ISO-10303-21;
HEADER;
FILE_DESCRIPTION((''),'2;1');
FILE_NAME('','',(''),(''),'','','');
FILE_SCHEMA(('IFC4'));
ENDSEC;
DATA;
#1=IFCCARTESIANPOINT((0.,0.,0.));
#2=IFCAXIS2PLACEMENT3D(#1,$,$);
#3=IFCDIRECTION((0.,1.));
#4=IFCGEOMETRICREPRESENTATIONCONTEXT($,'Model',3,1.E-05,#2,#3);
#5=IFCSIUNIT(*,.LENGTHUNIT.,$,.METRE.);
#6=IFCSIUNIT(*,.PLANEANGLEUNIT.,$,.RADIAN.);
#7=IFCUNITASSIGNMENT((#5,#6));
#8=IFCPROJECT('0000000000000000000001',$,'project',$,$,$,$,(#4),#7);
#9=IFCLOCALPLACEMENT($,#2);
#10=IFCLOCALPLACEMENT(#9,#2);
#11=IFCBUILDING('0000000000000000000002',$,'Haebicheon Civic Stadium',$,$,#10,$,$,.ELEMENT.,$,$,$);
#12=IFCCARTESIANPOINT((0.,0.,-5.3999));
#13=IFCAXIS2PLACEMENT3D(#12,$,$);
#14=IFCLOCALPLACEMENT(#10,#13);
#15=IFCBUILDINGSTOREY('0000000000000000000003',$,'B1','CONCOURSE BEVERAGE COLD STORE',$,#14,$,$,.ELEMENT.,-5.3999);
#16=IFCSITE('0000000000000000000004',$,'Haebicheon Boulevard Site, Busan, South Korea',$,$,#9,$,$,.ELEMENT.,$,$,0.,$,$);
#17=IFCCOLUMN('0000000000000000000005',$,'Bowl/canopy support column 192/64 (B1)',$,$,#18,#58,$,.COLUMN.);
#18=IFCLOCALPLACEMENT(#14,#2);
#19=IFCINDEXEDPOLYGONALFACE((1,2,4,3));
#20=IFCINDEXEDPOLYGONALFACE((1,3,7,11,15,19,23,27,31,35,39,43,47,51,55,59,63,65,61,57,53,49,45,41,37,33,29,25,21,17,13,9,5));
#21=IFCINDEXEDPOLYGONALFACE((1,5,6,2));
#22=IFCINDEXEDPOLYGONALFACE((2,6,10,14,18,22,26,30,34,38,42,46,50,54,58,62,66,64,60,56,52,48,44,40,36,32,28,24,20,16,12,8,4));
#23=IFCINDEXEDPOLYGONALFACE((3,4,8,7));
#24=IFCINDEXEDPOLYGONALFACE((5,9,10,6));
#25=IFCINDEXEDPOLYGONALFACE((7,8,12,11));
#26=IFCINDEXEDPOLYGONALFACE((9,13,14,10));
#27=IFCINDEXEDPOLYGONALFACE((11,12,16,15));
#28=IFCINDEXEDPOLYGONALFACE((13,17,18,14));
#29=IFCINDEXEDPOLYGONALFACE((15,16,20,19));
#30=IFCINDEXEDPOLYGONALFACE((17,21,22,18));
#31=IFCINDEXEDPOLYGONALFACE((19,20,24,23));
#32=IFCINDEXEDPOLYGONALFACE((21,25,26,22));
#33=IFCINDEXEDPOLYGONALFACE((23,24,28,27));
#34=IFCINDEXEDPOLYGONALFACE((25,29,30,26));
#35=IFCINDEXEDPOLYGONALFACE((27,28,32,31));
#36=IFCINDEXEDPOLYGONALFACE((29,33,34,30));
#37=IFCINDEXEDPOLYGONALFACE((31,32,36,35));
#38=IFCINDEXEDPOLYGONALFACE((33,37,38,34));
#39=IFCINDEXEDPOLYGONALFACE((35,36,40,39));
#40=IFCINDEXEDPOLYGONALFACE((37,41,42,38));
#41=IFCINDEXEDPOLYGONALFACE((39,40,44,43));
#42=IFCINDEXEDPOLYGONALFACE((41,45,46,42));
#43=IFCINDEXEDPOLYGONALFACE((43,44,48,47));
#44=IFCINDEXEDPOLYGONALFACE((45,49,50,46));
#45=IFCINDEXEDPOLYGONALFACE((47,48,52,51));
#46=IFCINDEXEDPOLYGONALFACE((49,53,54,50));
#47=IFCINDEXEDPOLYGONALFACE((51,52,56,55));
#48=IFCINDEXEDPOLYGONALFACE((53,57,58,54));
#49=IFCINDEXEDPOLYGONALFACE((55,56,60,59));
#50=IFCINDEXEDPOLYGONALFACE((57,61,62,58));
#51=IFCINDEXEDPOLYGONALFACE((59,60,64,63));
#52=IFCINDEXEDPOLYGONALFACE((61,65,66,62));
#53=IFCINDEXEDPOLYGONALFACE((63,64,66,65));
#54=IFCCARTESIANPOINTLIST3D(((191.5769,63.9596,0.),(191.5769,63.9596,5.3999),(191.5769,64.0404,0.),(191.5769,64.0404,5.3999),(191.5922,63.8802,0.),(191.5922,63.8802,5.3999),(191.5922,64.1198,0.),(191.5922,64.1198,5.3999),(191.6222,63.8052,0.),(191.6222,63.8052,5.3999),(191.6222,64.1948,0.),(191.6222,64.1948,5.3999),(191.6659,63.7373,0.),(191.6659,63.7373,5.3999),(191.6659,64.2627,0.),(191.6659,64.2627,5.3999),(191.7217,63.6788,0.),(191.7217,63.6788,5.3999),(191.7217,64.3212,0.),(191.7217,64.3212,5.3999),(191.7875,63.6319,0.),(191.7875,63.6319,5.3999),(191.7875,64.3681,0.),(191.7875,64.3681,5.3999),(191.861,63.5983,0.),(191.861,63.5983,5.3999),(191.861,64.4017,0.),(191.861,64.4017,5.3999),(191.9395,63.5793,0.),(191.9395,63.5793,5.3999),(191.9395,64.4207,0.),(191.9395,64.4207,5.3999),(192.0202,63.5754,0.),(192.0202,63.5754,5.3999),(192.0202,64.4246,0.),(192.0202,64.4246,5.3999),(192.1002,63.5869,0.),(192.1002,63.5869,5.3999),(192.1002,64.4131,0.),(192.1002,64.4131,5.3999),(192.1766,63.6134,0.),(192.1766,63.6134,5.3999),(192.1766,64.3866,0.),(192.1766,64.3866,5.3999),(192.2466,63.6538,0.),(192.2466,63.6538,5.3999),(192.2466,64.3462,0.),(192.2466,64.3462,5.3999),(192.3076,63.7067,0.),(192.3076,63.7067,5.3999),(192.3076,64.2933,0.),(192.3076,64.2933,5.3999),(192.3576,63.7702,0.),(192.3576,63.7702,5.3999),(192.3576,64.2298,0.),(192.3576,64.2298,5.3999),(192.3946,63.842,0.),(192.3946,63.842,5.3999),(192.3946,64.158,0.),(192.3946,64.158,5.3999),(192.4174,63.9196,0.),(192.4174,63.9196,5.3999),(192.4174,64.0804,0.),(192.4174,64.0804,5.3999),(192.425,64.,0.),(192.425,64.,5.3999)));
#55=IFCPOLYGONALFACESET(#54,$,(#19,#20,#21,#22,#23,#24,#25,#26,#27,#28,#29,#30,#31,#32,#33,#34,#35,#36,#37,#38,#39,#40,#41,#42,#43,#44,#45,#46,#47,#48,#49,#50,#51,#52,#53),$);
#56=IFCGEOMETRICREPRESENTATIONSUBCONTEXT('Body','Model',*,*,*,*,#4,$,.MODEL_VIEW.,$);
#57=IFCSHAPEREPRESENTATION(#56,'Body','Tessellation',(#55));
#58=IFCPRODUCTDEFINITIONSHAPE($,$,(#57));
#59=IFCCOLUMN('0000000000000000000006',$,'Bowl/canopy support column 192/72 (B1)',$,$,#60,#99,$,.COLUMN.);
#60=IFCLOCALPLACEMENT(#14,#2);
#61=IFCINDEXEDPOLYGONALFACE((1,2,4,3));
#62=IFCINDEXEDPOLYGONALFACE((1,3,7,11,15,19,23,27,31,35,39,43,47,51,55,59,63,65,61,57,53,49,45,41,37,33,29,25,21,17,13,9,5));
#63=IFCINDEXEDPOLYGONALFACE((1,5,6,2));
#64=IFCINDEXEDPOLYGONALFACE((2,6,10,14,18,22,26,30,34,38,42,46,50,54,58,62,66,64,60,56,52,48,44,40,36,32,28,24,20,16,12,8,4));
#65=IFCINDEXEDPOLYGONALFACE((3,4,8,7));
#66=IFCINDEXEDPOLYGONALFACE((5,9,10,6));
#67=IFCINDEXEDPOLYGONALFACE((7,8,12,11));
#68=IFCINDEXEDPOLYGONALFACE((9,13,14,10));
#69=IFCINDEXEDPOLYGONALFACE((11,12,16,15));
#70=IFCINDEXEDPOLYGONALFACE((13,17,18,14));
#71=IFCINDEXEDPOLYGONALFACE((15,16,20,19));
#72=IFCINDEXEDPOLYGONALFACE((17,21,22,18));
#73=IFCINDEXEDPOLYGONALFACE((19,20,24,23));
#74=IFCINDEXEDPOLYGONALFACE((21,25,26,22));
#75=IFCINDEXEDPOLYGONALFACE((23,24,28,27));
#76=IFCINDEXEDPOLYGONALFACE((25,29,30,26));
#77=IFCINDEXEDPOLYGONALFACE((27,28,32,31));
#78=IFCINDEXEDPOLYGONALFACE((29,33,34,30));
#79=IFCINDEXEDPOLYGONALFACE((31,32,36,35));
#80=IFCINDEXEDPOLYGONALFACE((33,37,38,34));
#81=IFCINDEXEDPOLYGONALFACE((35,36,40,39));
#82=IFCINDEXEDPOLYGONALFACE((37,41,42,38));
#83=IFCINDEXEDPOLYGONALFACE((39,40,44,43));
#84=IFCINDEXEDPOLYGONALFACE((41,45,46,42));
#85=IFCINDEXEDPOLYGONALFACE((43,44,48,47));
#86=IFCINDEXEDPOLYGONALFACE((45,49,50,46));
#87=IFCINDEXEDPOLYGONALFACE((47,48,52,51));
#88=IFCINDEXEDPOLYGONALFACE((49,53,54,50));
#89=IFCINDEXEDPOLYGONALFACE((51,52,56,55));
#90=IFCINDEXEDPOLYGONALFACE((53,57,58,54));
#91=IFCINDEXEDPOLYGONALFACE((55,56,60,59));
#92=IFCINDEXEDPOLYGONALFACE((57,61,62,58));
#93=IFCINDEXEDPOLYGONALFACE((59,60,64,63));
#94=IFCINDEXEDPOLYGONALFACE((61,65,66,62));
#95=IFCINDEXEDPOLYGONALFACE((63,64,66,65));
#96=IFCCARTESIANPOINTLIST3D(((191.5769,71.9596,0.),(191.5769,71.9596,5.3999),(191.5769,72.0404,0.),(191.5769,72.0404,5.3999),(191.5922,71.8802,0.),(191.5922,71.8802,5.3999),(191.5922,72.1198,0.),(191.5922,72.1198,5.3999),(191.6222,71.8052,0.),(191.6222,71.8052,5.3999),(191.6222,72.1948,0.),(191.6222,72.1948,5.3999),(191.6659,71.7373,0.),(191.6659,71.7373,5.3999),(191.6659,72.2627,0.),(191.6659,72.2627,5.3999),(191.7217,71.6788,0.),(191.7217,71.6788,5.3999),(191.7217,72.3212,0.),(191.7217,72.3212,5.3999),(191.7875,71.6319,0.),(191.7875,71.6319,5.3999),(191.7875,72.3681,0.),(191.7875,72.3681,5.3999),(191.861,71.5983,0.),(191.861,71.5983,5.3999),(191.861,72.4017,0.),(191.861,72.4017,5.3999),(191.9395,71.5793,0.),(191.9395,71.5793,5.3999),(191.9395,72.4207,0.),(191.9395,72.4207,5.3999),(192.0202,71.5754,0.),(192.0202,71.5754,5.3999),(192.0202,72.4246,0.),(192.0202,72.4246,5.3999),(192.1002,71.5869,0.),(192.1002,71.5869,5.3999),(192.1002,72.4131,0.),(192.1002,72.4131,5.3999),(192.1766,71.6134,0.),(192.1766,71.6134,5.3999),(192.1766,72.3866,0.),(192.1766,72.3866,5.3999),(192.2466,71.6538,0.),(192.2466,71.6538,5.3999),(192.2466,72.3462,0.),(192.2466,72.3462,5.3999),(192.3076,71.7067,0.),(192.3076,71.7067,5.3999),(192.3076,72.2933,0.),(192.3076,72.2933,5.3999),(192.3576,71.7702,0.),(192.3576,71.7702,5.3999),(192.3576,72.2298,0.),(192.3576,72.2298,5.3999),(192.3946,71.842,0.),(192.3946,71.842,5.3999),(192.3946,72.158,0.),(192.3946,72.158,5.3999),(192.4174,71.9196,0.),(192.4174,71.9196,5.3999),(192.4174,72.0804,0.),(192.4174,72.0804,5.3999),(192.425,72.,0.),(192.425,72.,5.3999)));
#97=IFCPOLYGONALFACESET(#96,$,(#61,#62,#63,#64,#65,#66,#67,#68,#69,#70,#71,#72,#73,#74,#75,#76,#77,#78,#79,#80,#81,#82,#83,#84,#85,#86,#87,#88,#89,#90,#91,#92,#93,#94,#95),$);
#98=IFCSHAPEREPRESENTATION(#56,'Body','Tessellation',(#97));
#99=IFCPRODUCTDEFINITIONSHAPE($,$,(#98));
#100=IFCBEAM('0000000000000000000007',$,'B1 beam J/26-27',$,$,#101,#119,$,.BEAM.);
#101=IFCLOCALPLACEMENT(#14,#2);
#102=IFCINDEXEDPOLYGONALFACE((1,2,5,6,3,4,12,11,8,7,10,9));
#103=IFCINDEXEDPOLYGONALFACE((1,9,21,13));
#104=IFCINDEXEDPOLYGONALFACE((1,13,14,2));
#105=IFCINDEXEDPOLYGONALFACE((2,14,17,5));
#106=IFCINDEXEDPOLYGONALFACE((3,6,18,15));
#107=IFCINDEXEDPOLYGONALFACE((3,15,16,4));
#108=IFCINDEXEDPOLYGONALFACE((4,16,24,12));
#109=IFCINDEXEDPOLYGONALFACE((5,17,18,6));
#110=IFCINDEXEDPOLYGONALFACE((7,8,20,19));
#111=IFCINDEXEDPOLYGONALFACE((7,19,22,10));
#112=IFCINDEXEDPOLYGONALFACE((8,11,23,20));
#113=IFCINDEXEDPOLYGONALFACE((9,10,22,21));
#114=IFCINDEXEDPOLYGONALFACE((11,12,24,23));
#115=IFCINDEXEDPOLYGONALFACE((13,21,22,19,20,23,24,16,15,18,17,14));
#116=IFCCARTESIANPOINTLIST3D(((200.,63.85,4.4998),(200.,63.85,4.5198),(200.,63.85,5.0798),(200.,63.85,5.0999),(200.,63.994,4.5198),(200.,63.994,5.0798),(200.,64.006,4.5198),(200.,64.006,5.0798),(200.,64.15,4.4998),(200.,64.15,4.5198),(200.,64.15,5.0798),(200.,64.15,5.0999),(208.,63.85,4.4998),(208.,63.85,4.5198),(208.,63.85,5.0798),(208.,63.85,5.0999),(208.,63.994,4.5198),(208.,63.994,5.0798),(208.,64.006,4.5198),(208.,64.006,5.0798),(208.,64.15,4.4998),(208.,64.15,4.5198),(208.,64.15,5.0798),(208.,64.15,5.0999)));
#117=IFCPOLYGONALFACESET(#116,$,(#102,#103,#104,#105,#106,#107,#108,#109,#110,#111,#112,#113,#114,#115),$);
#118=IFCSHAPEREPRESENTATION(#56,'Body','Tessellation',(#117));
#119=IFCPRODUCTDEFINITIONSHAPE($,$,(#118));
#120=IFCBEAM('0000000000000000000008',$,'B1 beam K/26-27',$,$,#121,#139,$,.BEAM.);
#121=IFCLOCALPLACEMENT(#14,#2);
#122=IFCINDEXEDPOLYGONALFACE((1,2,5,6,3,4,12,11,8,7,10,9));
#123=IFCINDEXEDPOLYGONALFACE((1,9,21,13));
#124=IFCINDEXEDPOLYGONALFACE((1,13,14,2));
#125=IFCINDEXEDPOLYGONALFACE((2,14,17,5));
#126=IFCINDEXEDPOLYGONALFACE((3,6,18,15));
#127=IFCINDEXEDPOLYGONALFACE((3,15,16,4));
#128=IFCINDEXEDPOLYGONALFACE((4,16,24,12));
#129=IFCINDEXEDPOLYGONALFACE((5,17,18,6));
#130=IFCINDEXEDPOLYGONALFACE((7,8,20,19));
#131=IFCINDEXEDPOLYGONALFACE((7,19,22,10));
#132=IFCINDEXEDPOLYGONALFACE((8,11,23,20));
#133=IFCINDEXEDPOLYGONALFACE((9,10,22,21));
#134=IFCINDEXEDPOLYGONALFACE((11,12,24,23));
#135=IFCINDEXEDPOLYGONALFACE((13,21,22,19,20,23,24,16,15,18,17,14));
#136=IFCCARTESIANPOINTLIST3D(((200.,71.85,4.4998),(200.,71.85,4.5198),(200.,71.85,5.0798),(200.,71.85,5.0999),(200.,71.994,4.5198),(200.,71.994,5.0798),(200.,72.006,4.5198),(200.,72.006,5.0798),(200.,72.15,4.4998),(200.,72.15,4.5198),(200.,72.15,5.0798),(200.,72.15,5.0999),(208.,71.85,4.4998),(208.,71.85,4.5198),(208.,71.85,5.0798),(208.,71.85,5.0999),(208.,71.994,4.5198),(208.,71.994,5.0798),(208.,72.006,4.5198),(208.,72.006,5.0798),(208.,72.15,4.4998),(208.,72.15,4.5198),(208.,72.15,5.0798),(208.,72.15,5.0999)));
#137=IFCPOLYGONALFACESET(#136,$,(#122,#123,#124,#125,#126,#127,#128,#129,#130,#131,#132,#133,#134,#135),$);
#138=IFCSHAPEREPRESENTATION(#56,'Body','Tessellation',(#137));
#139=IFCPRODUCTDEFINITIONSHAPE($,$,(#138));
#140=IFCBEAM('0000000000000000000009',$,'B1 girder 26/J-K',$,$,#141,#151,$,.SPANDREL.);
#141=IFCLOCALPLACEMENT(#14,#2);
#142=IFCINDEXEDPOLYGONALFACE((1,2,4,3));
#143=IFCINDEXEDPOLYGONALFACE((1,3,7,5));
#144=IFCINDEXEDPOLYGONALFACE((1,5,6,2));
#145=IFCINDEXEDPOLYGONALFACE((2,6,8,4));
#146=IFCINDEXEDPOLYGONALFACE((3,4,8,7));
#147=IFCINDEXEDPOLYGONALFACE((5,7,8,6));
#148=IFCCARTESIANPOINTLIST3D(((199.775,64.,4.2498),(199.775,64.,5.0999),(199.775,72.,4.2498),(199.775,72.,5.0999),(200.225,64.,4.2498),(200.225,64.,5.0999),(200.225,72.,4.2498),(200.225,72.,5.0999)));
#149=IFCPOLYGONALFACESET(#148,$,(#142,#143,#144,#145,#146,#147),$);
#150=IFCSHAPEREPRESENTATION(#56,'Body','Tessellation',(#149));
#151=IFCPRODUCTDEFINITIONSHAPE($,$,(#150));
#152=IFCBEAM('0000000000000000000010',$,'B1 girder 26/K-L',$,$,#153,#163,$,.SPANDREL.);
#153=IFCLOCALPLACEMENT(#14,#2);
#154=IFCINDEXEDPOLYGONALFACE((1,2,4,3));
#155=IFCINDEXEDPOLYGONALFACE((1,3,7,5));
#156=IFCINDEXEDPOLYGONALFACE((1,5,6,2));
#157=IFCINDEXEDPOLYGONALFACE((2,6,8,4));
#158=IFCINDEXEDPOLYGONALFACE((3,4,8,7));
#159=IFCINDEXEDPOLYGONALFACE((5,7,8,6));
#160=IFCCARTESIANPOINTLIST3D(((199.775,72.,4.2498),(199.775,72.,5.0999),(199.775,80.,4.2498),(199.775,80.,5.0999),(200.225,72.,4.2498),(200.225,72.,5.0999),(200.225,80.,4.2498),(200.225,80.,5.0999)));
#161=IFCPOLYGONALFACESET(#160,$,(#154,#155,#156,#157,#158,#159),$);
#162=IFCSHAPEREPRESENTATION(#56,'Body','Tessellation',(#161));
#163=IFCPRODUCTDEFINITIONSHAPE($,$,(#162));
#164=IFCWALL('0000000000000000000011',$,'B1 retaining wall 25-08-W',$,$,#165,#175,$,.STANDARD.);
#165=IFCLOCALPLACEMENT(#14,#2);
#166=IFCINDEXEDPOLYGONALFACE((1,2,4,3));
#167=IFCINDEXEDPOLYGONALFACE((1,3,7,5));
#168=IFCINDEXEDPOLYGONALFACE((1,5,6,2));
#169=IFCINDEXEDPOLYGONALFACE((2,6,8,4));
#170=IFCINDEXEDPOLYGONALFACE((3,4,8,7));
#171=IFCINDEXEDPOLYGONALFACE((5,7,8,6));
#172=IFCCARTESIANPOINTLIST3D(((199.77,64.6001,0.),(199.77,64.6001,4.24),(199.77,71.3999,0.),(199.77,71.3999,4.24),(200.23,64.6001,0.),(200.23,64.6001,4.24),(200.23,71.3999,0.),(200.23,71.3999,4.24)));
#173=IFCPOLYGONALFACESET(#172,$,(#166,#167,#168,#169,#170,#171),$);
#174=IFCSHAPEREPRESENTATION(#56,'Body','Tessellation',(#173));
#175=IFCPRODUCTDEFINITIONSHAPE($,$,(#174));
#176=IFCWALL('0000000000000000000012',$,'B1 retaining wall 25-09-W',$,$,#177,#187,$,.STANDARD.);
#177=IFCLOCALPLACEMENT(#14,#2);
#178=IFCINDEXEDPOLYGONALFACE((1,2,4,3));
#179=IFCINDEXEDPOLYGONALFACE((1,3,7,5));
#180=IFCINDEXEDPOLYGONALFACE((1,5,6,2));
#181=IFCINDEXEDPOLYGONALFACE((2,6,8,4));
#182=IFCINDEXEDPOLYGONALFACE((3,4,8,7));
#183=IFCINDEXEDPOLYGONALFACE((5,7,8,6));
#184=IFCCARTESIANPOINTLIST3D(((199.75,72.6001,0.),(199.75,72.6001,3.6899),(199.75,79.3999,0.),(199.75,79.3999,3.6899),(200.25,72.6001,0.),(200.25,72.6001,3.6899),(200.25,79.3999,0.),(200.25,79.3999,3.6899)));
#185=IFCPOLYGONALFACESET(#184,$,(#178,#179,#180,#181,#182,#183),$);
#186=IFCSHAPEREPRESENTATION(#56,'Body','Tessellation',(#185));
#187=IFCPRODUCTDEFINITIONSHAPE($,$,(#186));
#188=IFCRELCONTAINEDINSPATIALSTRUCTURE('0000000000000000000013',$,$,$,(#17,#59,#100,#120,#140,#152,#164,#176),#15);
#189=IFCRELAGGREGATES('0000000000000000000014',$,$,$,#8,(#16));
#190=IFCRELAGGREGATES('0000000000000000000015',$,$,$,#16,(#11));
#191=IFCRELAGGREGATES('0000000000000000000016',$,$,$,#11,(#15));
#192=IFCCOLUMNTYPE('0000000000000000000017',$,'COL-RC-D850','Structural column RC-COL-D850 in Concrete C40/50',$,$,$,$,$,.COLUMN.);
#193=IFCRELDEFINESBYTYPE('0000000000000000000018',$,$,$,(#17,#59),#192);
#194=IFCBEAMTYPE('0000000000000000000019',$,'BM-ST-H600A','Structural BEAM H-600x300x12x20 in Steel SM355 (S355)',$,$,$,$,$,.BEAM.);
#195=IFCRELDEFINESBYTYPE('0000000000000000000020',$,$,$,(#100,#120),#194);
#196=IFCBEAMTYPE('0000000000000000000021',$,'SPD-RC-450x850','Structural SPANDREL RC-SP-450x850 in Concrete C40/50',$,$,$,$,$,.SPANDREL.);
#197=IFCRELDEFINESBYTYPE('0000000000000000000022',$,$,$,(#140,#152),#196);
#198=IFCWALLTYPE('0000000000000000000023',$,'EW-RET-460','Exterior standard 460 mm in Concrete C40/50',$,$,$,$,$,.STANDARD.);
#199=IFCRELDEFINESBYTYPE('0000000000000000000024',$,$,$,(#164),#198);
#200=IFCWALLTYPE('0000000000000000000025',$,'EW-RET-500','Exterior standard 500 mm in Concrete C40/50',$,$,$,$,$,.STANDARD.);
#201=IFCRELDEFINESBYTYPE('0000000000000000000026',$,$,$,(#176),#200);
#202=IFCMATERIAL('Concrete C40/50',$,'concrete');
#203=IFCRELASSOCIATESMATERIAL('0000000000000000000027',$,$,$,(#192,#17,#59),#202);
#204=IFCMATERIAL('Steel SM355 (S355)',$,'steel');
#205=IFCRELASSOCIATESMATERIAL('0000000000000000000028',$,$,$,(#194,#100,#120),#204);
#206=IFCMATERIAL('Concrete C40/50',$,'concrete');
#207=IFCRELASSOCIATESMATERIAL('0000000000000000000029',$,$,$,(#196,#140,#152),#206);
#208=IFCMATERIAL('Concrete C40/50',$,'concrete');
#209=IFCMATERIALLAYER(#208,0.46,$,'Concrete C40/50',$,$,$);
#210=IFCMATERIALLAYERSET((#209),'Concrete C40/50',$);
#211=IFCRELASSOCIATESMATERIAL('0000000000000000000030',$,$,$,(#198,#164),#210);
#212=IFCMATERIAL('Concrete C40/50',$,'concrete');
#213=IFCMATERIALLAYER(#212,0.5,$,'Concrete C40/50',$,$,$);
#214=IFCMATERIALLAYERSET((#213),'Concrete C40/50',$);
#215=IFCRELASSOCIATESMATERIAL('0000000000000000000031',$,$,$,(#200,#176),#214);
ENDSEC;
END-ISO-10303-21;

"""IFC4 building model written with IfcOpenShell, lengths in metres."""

from ifc_helpers import new_model, si_unit, direction, frame, frame_2d, origin, origin_2d, place, context, subcontext, project, spatial, rectangle, circle, i_section, extrude, material, layer, layer_set, material_profile, profile_set, type_object, element, save


model = new_model("IFC4")

# Units and contexts
model_context = context("Model", 3, precision=1e-05, world=origin(), true_north=direction((0.0, 1.0)))
body_context = subcontext(model_context, "Body", "Model", "MODEL_VIEW")
ifc_project = project(units=[si_unit("LENGTHUNIT", "METRE"), si_unit("PLANEANGLEUNIT", "RADIAN")], contexts=[model_context])

# Site, building, storey
site_placement = place(None, origin())
site = spatial("IfcSite", under=ifc_project, at=site_placement, Name="Haebicheon Boulevard Site, Busan, South Korea", CompositionType="ELEMENT", RefElevation=0.0)
building_placement = place(site_placement, origin())
building = spatial("IfcBuilding", under=site, at=building_placement, Name="Haebicheon Civic Stadium", CompositionType="ELEMENT")
storey_placement = place(building_placement, frame((0.0, 0.0, -5.3999)))
storey = spatial("IfcBuildingStorey", under=building, at=storey_placement, Name="B1", Description="CONCOURSE BEVERAGE COLD STORE", CompositionType="ELEMENT", Elevation=-5.3999)

# Columns
ifc_material_1 = material(Name="Concrete C40/50", Category="concrete")
ifc_material_profile_1 = material_profile(ifc_material_1, circle(Radius=0.425, at=origin_2d()), Name="RC-COL-D850")
ifc_profile_set_1 = profile_set([ifc_material_profile_1], Name="Concrete C40/50")
column_type_1 = type_object("IfcColumnType", Name="COL-RC-D850", Description="Structural column RC-COL-D850 in Concrete C40/50", PredefinedType="COLUMN", material=ifc_profile_set_1)
for number, where, z_axis, x_axis, name in (
    (1, (192.0, 64.0, 0.0), (0.0, 0.0, 1.0), (1.0, 0.0, 0.0), "Bowl/canopy support column 192/64 (B1)"),
    (2, (192.0, 72.0, 0.0), (0.0, 0.0, 1.0), (1.0, 0.0, 0.0), "Bowl/canopy support column 192/72 (B1)"),
):
    element("IfcColumn", number, at=place(storey_placement, frame(where, z_axis=z_axis, x_axis=x_axis)), inside=storey, type_object=column_type_1, material=ifc_profile_set_1, Name=name, PredefinedType="COLUMN", context=body_context, shape_type="SweptSolid", body=[
        extrude(circle(Radius=0.425, at=origin_2d()), origin(), (0.0, 0.0, 1.0), 5.3999),
    ])

# Beams
ifc_material_2 = material(Name="Steel SM355 (S355)", Category="steel")
ifc_material_profile_2 = material_profile(ifc_material_2, i_section(OverallWidth=0.3, OverallDepth=0.6001, WebThickness=0.012, FlangeThickness=0.02, at=origin_2d()), Name="H-600x300x12x20")
ifc_profile_set_2 = profile_set([ifc_material_profile_2], Name="Steel SM355 (S355)")
beam_type_1 = type_object("IfcBeamType", Name="BM-ST-H600A", Description="Structural BEAM H-600x300x12x20 in Steel SM355 (S355)", PredefinedType="BEAM", material=ifc_profile_set_2)
for number, where, z_axis, x_axis, name in (
    (3, (200.0, 64.0, 4.7998), (1.0, 0.0, 0.0), (0.0, 1.0, 0.0), "B1 beam J/26-27"),
    (4, (200.0, 72.0, 4.7998), (1.0, 0.0, 0.0), (0.0, 1.0, 0.0), "B1 beam K/26-27"),
):
    element("IfcBeam", number, at=place(storey_placement, frame(where, z_axis=z_axis, x_axis=x_axis)), inside=storey, type_object=beam_type_1, material=ifc_profile_set_2, Name=name, PredefinedType="BEAM", context=body_context, shape_type="SweptSolid", body=[
        extrude(i_section(OverallWidth=0.3, OverallDepth=0.6001, WebThickness=0.012, FlangeThickness=0.02, at=origin_2d()), origin(), (0.0, 0.0, 1.0), 8.0),
    ])
ifc_material_3 = material(Name="Concrete C40/50", Category="concrete")
ifc_material_profile_3 = material_profile(ifc_material_3, rectangle(XDim=0.45, YDim=0.8501, at=origin_2d()), Name="RC-SP-450x850")
ifc_profile_set_3 = profile_set([ifc_material_profile_3], Name="Concrete C40/50")
beam_type_2 = type_object("IfcBeamType", Name="SPD-RC-450x850", Description="Structural SPANDREL RC-SP-450x850 in Concrete C40/50", PredefinedType="SPANDREL", material=ifc_profile_set_3)
for number, where, z_axis, x_axis, name in (
    (5, (200.0, 64.0, 4.6748), (0.0, 1.0, 0.0), (-1.0, 0.0, 0.0), "B1 girder 26/J-K"),
    (6, (200.0, 72.0, 4.6748), (0.0, 1.0, 0.0), (-1.0, 0.0, 0.0), "B1 girder 26/K-L"),
):
    element("IfcBeam", number, at=place(storey_placement, frame(where, z_axis=z_axis, x_axis=x_axis)), inside=storey, type_object=beam_type_2, material=ifc_profile_set_3, Name=name, PredefinedType="SPANDREL", context=body_context, shape_type="SweptSolid", body=[
        extrude(rectangle(XDim=0.45, YDim=0.8501, at=origin_2d()), origin(), (0.0, 0.0, 1.0), 8.0),
    ])

# Walls
ifc_material_4 = material(Name="Concrete C40/50", Category="concrete")
ifc_layer_1 = layer(ifc_material_4, 0.46, Name="Concrete C40/50")
ifc_layer_set_1 = layer_set([ifc_layer_1], Name="Concrete C40/50")
wall_type_1 = type_object("IfcWallType", Name="EW-RET-460", Description="Exterior standard 460 mm in Concrete C40/50", PredefinedType="STANDARD", material=ifc_layer_set_1)
wall_1_placement = place(storey_placement, frame((200.0, 64.6001, 0.0), z_axis=(0.0, 0.0, 1.0), x_axis=(0.0, 1.0, 0.0)))
element("IfcWall", 7, at=wall_1_placement, inside=storey, type_object=wall_type_1, material=ifc_layer_set_1, Name="B1 retaining wall 25-08-W", PredefinedType="STANDARD", context=body_context, shape_type="SweptSolid", body=[
    extrude(rectangle(XDim=6.7998, YDim=0.46, at=frame_2d((3.3999, 0.0))), origin(), (0.0, 0.0, 1.0), 4.24),
])
ifc_material_5 = material(Name="Concrete C40/50", Category="concrete")
ifc_layer_2 = layer(ifc_material_5, 0.5, Name="Concrete C40/50")
ifc_layer_set_2 = layer_set([ifc_layer_2], Name="Concrete C40/50")
wall_type_2 = type_object("IfcWallType", Name="EW-RET-500", Description="Exterior standard 500 mm in Concrete C40/50", PredefinedType="STANDARD", material=ifc_layer_set_2)
wall_2_placement = place(storey_placement, frame((200.0, 72.6001, 0.0), z_axis=(0.0, 0.0, 1.0), x_axis=(0.0, 1.0, 0.0)))
element("IfcWall", 8, at=wall_2_placement, inside=storey, type_object=wall_type_2, material=ifc_layer_set_2, Name="B1 retaining wall 25-09-W", PredefinedType="STANDARD", context=body_context, shape_type="SweptSolid", body=[
    extrude(rectangle(XDim=6.7998, YDim=0.5, at=frame_2d((3.3999, 0.0))), origin(), (0.0, 0.0, 1.0), 3.6899),
])

save(model, "model.ifc")
